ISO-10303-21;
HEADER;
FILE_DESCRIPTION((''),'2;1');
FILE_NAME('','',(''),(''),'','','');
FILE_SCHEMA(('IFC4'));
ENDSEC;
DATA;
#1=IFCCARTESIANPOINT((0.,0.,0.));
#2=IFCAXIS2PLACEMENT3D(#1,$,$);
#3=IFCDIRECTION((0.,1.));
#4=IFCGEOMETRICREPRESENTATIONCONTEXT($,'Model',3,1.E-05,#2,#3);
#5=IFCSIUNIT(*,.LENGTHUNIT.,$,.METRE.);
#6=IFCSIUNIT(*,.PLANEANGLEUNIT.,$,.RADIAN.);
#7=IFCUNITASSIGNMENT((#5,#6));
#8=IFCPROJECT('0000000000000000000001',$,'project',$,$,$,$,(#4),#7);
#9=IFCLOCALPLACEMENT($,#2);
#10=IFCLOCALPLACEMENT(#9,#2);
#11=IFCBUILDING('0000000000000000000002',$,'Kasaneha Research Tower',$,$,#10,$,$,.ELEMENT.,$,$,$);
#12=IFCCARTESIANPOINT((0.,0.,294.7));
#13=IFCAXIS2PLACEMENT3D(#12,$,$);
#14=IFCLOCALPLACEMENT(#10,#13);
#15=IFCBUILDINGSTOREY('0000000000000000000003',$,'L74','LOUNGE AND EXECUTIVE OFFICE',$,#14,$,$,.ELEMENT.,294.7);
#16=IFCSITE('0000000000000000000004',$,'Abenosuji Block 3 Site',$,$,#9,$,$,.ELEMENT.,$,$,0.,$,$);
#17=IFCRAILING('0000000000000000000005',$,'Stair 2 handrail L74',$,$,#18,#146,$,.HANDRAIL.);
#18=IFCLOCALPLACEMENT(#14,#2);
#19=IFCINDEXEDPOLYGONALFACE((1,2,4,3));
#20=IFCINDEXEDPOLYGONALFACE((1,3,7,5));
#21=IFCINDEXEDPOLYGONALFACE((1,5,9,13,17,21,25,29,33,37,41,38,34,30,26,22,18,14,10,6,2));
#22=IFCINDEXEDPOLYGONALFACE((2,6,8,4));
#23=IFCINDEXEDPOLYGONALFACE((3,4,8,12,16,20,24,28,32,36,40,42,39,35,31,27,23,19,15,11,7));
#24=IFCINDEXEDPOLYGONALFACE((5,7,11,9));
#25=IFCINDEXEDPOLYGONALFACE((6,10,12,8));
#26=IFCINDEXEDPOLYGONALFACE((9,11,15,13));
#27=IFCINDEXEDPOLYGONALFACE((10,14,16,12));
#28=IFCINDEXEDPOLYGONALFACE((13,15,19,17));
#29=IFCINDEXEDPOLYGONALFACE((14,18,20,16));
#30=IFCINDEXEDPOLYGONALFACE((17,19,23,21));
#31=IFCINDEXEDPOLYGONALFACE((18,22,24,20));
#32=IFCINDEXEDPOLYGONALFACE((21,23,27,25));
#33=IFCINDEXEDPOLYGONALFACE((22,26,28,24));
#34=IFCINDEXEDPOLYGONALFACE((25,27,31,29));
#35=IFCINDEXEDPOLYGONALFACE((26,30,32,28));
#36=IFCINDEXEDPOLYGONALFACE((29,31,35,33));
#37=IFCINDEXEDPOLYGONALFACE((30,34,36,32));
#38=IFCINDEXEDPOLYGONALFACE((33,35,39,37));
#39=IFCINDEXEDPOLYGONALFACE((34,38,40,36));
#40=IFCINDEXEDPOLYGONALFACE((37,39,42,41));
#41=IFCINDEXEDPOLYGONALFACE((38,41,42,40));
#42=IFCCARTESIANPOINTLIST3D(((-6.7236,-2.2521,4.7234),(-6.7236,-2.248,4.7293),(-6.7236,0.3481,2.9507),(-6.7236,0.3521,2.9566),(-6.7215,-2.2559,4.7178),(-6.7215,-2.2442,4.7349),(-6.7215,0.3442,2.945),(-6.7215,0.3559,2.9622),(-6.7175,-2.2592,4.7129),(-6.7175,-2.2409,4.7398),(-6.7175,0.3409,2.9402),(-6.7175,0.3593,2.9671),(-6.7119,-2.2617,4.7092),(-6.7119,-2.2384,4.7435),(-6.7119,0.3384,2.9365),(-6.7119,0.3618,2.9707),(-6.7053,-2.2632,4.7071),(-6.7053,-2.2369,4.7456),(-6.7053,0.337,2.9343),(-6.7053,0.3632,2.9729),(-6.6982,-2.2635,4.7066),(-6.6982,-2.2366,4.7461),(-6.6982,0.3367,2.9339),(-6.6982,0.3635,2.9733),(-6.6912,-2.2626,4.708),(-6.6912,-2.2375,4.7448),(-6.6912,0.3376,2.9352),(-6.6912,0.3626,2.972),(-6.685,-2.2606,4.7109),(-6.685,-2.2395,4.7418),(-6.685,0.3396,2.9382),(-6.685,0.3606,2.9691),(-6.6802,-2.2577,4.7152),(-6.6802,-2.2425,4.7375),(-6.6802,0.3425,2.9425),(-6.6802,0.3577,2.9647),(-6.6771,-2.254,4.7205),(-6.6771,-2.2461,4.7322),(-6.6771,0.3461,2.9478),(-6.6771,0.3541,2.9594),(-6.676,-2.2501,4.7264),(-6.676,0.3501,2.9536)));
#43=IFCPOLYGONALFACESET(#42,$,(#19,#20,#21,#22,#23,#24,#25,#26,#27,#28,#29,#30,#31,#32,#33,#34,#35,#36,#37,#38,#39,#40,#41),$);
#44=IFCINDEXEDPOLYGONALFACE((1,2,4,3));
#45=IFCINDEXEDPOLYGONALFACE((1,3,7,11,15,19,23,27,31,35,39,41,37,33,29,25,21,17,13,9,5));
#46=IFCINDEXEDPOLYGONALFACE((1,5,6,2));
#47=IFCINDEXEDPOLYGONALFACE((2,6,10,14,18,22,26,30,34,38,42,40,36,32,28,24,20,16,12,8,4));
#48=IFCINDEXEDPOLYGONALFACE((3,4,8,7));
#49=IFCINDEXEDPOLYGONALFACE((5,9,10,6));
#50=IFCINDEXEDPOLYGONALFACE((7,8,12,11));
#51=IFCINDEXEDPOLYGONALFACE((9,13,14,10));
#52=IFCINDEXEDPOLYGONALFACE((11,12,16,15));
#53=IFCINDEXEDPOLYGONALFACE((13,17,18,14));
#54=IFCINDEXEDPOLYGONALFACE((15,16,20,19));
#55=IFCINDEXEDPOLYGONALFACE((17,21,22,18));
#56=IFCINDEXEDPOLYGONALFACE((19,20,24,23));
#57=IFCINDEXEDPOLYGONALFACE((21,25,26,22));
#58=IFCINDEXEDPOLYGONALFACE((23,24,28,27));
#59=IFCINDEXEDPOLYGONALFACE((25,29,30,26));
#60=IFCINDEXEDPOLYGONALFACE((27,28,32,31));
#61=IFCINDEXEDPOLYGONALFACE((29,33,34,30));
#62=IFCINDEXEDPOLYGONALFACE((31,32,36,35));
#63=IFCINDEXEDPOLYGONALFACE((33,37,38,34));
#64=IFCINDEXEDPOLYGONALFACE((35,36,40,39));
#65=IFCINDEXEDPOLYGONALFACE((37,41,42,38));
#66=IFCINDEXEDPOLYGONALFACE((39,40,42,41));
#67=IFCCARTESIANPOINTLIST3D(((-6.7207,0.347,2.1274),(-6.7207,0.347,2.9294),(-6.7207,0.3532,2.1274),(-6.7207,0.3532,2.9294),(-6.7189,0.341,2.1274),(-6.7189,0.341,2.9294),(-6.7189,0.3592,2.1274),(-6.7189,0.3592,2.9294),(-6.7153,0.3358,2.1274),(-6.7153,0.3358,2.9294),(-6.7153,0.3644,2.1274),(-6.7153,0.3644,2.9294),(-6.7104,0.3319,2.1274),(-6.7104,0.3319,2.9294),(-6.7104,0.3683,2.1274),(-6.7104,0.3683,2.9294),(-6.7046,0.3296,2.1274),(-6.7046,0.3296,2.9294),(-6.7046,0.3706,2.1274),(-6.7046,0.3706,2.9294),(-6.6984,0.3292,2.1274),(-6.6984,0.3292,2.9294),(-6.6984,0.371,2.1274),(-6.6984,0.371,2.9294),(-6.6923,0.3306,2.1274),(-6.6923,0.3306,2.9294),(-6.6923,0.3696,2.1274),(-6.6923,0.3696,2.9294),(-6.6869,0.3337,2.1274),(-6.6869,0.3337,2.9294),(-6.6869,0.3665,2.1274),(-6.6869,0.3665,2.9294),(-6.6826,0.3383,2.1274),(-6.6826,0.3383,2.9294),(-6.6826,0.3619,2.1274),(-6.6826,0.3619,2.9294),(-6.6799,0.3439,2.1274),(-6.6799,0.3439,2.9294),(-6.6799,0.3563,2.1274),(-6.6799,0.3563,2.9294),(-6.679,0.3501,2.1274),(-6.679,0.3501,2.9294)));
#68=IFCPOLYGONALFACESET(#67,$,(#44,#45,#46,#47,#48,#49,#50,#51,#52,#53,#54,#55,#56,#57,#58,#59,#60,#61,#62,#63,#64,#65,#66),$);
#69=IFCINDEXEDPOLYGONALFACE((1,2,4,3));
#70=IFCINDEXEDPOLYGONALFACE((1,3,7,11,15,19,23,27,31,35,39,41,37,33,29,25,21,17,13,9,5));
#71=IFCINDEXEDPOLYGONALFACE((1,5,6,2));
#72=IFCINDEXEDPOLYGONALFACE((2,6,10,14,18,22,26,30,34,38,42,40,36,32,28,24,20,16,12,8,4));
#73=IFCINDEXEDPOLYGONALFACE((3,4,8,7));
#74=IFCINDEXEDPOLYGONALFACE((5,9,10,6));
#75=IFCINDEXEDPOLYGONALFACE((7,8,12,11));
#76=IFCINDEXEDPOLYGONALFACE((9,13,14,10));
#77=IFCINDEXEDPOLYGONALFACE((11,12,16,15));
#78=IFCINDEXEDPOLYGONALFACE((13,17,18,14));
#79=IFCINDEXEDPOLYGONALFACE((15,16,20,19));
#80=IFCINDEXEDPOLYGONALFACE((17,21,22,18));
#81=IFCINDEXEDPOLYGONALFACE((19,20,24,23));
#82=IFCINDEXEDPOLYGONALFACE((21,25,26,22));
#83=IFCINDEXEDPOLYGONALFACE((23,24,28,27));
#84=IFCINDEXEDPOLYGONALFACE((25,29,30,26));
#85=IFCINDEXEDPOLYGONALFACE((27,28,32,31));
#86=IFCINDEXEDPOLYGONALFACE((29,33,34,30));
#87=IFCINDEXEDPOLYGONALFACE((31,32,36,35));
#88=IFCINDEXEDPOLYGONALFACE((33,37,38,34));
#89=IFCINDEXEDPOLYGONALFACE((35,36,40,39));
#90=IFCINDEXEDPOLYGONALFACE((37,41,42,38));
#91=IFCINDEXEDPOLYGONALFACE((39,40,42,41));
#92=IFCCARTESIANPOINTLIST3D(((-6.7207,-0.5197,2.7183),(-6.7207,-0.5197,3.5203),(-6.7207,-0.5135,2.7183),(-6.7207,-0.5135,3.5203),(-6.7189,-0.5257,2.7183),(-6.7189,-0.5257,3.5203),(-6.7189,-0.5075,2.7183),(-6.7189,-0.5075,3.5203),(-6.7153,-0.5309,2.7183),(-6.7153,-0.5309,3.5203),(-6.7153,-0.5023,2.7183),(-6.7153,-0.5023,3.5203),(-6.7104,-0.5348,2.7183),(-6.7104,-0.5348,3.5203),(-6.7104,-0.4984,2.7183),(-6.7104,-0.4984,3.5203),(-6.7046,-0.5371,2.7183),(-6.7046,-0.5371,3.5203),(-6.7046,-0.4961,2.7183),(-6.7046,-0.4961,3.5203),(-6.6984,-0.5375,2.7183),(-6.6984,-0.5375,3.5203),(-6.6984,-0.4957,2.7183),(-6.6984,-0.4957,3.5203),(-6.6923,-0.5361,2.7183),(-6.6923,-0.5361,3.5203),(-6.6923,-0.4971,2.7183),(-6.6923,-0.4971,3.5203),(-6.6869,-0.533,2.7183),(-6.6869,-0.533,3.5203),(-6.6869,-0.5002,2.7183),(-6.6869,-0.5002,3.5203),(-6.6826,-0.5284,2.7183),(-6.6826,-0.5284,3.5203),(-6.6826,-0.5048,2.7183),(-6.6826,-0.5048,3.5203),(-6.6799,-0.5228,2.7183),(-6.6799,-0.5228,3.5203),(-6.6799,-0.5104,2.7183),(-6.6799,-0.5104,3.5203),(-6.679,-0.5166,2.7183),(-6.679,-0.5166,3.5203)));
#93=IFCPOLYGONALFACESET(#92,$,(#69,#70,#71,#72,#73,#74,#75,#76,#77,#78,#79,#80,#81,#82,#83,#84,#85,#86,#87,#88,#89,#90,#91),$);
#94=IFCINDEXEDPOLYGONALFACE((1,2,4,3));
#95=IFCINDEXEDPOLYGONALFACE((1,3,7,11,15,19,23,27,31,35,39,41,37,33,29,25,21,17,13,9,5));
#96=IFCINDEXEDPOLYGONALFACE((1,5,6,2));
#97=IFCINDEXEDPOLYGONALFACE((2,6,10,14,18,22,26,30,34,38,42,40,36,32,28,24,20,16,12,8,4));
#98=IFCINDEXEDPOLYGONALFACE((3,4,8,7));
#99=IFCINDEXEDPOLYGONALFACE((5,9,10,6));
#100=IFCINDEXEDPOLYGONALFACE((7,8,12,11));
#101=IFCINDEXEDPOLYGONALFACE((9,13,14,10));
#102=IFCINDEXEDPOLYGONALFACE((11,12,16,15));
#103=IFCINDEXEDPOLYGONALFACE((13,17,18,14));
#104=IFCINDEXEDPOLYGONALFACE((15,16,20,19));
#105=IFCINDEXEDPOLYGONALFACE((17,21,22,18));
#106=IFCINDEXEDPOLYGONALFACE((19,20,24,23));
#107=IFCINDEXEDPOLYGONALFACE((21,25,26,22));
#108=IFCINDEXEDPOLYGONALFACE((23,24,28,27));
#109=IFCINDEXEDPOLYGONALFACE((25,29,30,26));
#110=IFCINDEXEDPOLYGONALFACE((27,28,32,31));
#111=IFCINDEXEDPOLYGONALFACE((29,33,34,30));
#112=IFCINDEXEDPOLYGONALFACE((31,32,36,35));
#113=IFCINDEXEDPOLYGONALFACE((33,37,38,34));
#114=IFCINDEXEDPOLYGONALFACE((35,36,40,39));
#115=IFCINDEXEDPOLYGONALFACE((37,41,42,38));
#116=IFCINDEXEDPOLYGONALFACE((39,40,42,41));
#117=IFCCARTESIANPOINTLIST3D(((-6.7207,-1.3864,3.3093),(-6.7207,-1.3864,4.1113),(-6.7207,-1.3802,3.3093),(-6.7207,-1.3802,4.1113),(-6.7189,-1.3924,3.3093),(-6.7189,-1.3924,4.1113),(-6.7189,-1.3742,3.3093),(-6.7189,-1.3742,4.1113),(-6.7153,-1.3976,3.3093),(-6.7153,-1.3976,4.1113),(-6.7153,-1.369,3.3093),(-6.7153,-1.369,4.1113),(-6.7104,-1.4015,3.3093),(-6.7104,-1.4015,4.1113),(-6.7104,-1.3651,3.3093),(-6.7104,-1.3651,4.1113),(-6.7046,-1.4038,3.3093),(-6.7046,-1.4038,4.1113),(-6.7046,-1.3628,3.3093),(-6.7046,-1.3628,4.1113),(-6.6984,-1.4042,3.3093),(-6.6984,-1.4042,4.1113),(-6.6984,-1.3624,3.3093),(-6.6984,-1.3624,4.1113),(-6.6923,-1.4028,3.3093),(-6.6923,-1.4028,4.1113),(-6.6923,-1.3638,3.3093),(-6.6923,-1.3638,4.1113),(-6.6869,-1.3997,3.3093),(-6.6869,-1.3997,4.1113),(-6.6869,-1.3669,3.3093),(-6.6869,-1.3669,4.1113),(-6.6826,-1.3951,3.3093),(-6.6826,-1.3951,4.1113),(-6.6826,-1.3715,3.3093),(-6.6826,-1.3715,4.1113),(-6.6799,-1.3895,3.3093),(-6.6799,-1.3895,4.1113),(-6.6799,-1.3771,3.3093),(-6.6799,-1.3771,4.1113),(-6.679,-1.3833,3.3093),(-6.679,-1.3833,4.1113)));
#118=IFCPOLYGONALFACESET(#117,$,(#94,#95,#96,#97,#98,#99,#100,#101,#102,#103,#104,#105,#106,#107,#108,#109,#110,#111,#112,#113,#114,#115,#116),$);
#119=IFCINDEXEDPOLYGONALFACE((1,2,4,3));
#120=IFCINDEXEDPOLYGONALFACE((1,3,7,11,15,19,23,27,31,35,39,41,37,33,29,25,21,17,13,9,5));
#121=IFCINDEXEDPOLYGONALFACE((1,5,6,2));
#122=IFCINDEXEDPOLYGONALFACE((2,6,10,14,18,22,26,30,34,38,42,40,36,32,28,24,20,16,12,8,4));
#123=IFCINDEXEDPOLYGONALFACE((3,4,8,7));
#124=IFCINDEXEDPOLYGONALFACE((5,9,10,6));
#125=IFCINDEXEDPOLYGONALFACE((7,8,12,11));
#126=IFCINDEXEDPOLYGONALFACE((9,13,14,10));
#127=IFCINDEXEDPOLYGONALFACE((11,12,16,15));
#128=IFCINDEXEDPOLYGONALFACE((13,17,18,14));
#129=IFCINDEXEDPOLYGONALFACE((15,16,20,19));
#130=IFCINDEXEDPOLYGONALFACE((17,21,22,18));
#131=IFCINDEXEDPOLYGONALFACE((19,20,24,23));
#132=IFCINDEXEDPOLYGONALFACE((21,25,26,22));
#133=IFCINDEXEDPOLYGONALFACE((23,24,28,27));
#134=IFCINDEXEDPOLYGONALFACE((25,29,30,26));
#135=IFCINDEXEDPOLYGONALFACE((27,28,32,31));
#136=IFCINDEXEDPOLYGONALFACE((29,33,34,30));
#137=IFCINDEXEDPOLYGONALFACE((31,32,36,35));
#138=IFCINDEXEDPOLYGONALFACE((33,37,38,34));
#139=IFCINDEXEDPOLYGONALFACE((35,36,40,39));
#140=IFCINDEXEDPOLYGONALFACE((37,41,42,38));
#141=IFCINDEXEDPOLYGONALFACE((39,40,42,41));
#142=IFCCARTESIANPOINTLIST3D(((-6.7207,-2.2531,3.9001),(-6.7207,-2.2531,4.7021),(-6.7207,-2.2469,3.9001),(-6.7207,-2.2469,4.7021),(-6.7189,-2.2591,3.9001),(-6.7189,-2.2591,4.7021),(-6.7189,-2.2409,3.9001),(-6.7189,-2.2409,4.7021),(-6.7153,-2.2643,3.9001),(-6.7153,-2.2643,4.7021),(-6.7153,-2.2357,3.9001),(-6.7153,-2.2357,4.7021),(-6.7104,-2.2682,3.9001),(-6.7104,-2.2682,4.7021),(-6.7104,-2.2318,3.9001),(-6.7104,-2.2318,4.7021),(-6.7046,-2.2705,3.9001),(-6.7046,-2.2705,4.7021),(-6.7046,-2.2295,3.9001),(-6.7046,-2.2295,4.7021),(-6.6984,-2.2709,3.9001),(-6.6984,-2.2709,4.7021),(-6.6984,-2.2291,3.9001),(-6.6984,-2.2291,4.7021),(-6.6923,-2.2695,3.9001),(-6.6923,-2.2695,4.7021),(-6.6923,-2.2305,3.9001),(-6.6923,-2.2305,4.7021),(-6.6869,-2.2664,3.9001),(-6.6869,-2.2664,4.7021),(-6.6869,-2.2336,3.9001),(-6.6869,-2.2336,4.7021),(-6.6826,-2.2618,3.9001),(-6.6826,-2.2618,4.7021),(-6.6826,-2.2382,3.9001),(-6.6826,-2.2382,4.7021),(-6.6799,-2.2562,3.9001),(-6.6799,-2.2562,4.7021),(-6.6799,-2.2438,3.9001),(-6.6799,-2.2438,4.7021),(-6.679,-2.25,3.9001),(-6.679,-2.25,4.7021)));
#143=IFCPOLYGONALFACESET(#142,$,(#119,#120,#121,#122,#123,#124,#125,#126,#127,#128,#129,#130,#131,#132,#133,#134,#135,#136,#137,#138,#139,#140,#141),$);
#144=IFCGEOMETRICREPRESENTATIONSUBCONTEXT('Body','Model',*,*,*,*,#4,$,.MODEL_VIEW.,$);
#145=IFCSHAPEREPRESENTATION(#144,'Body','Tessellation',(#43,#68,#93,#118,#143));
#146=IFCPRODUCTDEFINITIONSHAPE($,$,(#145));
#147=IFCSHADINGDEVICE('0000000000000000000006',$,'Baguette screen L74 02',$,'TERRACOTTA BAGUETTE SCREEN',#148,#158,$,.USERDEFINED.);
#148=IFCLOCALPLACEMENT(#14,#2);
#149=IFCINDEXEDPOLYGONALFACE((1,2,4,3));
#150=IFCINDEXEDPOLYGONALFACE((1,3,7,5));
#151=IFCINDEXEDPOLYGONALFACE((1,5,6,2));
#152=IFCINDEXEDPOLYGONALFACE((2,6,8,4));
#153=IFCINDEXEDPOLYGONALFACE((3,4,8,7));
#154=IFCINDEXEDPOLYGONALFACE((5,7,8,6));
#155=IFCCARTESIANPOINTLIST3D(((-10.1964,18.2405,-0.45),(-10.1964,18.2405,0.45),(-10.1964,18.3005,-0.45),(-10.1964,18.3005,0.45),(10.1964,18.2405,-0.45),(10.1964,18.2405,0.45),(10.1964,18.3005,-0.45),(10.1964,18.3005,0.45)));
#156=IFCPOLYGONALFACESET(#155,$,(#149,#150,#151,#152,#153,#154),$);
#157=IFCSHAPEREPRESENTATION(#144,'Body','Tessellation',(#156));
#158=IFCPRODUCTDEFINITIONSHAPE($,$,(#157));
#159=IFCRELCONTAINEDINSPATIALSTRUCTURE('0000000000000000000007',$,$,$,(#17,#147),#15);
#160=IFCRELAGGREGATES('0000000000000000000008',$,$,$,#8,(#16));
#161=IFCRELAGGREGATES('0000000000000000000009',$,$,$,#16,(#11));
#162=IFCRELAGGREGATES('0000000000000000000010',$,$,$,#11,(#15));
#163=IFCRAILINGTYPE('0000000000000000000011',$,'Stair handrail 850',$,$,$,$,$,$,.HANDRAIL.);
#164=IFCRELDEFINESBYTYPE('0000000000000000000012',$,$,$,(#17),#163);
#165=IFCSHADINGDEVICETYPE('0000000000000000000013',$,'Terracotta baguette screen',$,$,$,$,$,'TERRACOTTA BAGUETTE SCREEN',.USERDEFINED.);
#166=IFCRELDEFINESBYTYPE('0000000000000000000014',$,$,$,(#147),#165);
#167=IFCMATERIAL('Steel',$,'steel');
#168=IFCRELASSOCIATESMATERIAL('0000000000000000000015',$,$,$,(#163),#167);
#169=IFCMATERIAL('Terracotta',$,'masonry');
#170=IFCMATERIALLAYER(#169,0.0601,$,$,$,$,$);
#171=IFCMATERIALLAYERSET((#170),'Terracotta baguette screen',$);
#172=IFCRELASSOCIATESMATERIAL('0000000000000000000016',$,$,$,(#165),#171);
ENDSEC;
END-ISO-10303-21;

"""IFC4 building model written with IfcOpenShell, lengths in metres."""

from ifc_helpers import new_model, si_unit, direction, frame, origin, origin_2d, place, context, subcontext, project, spatial, rectangle, circle, extrude, material, layer, layer_set, type_object, element, save


model = new_model("IFC4")

# Units and contexts
model_context = context("Model", 3, precision=1e-05, world=origin(), true_north=direction((0.0, 1.0)))
body_context = subcontext(model_context, "Body", "Model", "MODEL_VIEW")
ifc_project = project(units=[si_unit("LENGTHUNIT", "METRE"), si_unit("PLANEANGLEUNIT", "RADIAN")], contexts=[model_context])

# Site, building, storey
site_placement = place(None, origin())
site = spatial("IfcSite", under=ifc_project, at=site_placement, Name="Abenosuji Block 3 Site", CompositionType="ELEMENT", RefElevation=0.0)
building_placement = place(site_placement, origin())
building = spatial("IfcBuilding", under=site, at=building_placement, Name="Kasaneha Research Tower", CompositionType="ELEMENT")
storey_placement = place(building_placement, frame((0.0, 0.0, 294.7)))
storey = spatial("IfcBuildingStorey", under=building, at=storey_placement, Name="L74", Description="LOUNGE AND EXECUTIVE OFFICE", CompositionType="ELEMENT", Elevation=294.7)

# Railing
ifc_material_1 = material(Name="Steel", Category="steel")
railing_type = type_object("IfcRailingType", Name="Stair handrail 850", PredefinedType="HANDRAIL", material=ifc_material_1)
railing_placement = place(storey_placement, frame((-6.7, 0.3501, 2.1274)))
element("IfcRailing", 1, at=railing_placement, inside=storey, type_object=railing_type, Name="Stair 2 handrail L74", PredefinedType="HANDRAIL", context=body_context, shape_type="SweptSolid", body=[
    extrude(circle(Radius=0.0239, at=origin_2d()), frame((0.0, 0.0, 0.8262), z_axis=(0.0, -0.82624, 0.563318), x_axis=(1.0, 0.0, 0.0)), (0.0, 0.0, 1.0), 3.147),
    extrude(circle(Radius=0.021, at=origin_2d()), origin(), (0.0, 0.0, 1.0), 0.802),
    extrude(circle(Radius=0.021, at=origin_2d()), frame((0.0, -0.8667, 0.5908)), (0.0, 0.0, 1.0), 0.802),
    extrude(circle(Radius=0.021, at=origin_2d()), frame((0.0, -1.7334, 1.1819)), (0.0, 0.0, 1.0), 0.802),
    extrude(circle(Radius=0.021, at=origin_2d()), frame((0.0, -2.6001, 1.7727)), (0.0, 0.0, 1.0), 0.802),
])

# Shading device
ifc_material_2 = material(Name="Terracotta", Category="masonry")
ifc_layer_1 = layer(ifc_material_2, 0.0601)
ifc_layer_set_1 = layer_set([ifc_layer_1], Name="Terracotta baguette screen")
shading_device_type = type_object("IfcShadingDeviceType", Name="Terracotta baguette screen", ElementType="TERRACOTTA BAGUETTE SCREEN", PredefinedType="USERDEFINED", material=ifc_layer_set_1)
shading_device_placement = place(storey_placement, frame((0.0, 18.2705, -0.45), z_axis=(0.0, 0.0, 1.0), x_axis=(-1.0, 0.0, 0.0)))
element("IfcShadingDevice", 2, at=shading_device_placement, inside=storey, type_object=shading_device_type, Name="Baguette screen L74 02", ObjectType="TERRACOTTA BAGUETTE SCREEN", PredefinedType="USERDEFINED", context=body_context, shape_type="SweptSolid", body=[
    extrude(rectangle(XDim=20.3928, YDim=0.0601, at=origin_2d()), origin(), (0.0, 0.0, 1.0), 0.8999),
])

save(model, "model.ifc")
